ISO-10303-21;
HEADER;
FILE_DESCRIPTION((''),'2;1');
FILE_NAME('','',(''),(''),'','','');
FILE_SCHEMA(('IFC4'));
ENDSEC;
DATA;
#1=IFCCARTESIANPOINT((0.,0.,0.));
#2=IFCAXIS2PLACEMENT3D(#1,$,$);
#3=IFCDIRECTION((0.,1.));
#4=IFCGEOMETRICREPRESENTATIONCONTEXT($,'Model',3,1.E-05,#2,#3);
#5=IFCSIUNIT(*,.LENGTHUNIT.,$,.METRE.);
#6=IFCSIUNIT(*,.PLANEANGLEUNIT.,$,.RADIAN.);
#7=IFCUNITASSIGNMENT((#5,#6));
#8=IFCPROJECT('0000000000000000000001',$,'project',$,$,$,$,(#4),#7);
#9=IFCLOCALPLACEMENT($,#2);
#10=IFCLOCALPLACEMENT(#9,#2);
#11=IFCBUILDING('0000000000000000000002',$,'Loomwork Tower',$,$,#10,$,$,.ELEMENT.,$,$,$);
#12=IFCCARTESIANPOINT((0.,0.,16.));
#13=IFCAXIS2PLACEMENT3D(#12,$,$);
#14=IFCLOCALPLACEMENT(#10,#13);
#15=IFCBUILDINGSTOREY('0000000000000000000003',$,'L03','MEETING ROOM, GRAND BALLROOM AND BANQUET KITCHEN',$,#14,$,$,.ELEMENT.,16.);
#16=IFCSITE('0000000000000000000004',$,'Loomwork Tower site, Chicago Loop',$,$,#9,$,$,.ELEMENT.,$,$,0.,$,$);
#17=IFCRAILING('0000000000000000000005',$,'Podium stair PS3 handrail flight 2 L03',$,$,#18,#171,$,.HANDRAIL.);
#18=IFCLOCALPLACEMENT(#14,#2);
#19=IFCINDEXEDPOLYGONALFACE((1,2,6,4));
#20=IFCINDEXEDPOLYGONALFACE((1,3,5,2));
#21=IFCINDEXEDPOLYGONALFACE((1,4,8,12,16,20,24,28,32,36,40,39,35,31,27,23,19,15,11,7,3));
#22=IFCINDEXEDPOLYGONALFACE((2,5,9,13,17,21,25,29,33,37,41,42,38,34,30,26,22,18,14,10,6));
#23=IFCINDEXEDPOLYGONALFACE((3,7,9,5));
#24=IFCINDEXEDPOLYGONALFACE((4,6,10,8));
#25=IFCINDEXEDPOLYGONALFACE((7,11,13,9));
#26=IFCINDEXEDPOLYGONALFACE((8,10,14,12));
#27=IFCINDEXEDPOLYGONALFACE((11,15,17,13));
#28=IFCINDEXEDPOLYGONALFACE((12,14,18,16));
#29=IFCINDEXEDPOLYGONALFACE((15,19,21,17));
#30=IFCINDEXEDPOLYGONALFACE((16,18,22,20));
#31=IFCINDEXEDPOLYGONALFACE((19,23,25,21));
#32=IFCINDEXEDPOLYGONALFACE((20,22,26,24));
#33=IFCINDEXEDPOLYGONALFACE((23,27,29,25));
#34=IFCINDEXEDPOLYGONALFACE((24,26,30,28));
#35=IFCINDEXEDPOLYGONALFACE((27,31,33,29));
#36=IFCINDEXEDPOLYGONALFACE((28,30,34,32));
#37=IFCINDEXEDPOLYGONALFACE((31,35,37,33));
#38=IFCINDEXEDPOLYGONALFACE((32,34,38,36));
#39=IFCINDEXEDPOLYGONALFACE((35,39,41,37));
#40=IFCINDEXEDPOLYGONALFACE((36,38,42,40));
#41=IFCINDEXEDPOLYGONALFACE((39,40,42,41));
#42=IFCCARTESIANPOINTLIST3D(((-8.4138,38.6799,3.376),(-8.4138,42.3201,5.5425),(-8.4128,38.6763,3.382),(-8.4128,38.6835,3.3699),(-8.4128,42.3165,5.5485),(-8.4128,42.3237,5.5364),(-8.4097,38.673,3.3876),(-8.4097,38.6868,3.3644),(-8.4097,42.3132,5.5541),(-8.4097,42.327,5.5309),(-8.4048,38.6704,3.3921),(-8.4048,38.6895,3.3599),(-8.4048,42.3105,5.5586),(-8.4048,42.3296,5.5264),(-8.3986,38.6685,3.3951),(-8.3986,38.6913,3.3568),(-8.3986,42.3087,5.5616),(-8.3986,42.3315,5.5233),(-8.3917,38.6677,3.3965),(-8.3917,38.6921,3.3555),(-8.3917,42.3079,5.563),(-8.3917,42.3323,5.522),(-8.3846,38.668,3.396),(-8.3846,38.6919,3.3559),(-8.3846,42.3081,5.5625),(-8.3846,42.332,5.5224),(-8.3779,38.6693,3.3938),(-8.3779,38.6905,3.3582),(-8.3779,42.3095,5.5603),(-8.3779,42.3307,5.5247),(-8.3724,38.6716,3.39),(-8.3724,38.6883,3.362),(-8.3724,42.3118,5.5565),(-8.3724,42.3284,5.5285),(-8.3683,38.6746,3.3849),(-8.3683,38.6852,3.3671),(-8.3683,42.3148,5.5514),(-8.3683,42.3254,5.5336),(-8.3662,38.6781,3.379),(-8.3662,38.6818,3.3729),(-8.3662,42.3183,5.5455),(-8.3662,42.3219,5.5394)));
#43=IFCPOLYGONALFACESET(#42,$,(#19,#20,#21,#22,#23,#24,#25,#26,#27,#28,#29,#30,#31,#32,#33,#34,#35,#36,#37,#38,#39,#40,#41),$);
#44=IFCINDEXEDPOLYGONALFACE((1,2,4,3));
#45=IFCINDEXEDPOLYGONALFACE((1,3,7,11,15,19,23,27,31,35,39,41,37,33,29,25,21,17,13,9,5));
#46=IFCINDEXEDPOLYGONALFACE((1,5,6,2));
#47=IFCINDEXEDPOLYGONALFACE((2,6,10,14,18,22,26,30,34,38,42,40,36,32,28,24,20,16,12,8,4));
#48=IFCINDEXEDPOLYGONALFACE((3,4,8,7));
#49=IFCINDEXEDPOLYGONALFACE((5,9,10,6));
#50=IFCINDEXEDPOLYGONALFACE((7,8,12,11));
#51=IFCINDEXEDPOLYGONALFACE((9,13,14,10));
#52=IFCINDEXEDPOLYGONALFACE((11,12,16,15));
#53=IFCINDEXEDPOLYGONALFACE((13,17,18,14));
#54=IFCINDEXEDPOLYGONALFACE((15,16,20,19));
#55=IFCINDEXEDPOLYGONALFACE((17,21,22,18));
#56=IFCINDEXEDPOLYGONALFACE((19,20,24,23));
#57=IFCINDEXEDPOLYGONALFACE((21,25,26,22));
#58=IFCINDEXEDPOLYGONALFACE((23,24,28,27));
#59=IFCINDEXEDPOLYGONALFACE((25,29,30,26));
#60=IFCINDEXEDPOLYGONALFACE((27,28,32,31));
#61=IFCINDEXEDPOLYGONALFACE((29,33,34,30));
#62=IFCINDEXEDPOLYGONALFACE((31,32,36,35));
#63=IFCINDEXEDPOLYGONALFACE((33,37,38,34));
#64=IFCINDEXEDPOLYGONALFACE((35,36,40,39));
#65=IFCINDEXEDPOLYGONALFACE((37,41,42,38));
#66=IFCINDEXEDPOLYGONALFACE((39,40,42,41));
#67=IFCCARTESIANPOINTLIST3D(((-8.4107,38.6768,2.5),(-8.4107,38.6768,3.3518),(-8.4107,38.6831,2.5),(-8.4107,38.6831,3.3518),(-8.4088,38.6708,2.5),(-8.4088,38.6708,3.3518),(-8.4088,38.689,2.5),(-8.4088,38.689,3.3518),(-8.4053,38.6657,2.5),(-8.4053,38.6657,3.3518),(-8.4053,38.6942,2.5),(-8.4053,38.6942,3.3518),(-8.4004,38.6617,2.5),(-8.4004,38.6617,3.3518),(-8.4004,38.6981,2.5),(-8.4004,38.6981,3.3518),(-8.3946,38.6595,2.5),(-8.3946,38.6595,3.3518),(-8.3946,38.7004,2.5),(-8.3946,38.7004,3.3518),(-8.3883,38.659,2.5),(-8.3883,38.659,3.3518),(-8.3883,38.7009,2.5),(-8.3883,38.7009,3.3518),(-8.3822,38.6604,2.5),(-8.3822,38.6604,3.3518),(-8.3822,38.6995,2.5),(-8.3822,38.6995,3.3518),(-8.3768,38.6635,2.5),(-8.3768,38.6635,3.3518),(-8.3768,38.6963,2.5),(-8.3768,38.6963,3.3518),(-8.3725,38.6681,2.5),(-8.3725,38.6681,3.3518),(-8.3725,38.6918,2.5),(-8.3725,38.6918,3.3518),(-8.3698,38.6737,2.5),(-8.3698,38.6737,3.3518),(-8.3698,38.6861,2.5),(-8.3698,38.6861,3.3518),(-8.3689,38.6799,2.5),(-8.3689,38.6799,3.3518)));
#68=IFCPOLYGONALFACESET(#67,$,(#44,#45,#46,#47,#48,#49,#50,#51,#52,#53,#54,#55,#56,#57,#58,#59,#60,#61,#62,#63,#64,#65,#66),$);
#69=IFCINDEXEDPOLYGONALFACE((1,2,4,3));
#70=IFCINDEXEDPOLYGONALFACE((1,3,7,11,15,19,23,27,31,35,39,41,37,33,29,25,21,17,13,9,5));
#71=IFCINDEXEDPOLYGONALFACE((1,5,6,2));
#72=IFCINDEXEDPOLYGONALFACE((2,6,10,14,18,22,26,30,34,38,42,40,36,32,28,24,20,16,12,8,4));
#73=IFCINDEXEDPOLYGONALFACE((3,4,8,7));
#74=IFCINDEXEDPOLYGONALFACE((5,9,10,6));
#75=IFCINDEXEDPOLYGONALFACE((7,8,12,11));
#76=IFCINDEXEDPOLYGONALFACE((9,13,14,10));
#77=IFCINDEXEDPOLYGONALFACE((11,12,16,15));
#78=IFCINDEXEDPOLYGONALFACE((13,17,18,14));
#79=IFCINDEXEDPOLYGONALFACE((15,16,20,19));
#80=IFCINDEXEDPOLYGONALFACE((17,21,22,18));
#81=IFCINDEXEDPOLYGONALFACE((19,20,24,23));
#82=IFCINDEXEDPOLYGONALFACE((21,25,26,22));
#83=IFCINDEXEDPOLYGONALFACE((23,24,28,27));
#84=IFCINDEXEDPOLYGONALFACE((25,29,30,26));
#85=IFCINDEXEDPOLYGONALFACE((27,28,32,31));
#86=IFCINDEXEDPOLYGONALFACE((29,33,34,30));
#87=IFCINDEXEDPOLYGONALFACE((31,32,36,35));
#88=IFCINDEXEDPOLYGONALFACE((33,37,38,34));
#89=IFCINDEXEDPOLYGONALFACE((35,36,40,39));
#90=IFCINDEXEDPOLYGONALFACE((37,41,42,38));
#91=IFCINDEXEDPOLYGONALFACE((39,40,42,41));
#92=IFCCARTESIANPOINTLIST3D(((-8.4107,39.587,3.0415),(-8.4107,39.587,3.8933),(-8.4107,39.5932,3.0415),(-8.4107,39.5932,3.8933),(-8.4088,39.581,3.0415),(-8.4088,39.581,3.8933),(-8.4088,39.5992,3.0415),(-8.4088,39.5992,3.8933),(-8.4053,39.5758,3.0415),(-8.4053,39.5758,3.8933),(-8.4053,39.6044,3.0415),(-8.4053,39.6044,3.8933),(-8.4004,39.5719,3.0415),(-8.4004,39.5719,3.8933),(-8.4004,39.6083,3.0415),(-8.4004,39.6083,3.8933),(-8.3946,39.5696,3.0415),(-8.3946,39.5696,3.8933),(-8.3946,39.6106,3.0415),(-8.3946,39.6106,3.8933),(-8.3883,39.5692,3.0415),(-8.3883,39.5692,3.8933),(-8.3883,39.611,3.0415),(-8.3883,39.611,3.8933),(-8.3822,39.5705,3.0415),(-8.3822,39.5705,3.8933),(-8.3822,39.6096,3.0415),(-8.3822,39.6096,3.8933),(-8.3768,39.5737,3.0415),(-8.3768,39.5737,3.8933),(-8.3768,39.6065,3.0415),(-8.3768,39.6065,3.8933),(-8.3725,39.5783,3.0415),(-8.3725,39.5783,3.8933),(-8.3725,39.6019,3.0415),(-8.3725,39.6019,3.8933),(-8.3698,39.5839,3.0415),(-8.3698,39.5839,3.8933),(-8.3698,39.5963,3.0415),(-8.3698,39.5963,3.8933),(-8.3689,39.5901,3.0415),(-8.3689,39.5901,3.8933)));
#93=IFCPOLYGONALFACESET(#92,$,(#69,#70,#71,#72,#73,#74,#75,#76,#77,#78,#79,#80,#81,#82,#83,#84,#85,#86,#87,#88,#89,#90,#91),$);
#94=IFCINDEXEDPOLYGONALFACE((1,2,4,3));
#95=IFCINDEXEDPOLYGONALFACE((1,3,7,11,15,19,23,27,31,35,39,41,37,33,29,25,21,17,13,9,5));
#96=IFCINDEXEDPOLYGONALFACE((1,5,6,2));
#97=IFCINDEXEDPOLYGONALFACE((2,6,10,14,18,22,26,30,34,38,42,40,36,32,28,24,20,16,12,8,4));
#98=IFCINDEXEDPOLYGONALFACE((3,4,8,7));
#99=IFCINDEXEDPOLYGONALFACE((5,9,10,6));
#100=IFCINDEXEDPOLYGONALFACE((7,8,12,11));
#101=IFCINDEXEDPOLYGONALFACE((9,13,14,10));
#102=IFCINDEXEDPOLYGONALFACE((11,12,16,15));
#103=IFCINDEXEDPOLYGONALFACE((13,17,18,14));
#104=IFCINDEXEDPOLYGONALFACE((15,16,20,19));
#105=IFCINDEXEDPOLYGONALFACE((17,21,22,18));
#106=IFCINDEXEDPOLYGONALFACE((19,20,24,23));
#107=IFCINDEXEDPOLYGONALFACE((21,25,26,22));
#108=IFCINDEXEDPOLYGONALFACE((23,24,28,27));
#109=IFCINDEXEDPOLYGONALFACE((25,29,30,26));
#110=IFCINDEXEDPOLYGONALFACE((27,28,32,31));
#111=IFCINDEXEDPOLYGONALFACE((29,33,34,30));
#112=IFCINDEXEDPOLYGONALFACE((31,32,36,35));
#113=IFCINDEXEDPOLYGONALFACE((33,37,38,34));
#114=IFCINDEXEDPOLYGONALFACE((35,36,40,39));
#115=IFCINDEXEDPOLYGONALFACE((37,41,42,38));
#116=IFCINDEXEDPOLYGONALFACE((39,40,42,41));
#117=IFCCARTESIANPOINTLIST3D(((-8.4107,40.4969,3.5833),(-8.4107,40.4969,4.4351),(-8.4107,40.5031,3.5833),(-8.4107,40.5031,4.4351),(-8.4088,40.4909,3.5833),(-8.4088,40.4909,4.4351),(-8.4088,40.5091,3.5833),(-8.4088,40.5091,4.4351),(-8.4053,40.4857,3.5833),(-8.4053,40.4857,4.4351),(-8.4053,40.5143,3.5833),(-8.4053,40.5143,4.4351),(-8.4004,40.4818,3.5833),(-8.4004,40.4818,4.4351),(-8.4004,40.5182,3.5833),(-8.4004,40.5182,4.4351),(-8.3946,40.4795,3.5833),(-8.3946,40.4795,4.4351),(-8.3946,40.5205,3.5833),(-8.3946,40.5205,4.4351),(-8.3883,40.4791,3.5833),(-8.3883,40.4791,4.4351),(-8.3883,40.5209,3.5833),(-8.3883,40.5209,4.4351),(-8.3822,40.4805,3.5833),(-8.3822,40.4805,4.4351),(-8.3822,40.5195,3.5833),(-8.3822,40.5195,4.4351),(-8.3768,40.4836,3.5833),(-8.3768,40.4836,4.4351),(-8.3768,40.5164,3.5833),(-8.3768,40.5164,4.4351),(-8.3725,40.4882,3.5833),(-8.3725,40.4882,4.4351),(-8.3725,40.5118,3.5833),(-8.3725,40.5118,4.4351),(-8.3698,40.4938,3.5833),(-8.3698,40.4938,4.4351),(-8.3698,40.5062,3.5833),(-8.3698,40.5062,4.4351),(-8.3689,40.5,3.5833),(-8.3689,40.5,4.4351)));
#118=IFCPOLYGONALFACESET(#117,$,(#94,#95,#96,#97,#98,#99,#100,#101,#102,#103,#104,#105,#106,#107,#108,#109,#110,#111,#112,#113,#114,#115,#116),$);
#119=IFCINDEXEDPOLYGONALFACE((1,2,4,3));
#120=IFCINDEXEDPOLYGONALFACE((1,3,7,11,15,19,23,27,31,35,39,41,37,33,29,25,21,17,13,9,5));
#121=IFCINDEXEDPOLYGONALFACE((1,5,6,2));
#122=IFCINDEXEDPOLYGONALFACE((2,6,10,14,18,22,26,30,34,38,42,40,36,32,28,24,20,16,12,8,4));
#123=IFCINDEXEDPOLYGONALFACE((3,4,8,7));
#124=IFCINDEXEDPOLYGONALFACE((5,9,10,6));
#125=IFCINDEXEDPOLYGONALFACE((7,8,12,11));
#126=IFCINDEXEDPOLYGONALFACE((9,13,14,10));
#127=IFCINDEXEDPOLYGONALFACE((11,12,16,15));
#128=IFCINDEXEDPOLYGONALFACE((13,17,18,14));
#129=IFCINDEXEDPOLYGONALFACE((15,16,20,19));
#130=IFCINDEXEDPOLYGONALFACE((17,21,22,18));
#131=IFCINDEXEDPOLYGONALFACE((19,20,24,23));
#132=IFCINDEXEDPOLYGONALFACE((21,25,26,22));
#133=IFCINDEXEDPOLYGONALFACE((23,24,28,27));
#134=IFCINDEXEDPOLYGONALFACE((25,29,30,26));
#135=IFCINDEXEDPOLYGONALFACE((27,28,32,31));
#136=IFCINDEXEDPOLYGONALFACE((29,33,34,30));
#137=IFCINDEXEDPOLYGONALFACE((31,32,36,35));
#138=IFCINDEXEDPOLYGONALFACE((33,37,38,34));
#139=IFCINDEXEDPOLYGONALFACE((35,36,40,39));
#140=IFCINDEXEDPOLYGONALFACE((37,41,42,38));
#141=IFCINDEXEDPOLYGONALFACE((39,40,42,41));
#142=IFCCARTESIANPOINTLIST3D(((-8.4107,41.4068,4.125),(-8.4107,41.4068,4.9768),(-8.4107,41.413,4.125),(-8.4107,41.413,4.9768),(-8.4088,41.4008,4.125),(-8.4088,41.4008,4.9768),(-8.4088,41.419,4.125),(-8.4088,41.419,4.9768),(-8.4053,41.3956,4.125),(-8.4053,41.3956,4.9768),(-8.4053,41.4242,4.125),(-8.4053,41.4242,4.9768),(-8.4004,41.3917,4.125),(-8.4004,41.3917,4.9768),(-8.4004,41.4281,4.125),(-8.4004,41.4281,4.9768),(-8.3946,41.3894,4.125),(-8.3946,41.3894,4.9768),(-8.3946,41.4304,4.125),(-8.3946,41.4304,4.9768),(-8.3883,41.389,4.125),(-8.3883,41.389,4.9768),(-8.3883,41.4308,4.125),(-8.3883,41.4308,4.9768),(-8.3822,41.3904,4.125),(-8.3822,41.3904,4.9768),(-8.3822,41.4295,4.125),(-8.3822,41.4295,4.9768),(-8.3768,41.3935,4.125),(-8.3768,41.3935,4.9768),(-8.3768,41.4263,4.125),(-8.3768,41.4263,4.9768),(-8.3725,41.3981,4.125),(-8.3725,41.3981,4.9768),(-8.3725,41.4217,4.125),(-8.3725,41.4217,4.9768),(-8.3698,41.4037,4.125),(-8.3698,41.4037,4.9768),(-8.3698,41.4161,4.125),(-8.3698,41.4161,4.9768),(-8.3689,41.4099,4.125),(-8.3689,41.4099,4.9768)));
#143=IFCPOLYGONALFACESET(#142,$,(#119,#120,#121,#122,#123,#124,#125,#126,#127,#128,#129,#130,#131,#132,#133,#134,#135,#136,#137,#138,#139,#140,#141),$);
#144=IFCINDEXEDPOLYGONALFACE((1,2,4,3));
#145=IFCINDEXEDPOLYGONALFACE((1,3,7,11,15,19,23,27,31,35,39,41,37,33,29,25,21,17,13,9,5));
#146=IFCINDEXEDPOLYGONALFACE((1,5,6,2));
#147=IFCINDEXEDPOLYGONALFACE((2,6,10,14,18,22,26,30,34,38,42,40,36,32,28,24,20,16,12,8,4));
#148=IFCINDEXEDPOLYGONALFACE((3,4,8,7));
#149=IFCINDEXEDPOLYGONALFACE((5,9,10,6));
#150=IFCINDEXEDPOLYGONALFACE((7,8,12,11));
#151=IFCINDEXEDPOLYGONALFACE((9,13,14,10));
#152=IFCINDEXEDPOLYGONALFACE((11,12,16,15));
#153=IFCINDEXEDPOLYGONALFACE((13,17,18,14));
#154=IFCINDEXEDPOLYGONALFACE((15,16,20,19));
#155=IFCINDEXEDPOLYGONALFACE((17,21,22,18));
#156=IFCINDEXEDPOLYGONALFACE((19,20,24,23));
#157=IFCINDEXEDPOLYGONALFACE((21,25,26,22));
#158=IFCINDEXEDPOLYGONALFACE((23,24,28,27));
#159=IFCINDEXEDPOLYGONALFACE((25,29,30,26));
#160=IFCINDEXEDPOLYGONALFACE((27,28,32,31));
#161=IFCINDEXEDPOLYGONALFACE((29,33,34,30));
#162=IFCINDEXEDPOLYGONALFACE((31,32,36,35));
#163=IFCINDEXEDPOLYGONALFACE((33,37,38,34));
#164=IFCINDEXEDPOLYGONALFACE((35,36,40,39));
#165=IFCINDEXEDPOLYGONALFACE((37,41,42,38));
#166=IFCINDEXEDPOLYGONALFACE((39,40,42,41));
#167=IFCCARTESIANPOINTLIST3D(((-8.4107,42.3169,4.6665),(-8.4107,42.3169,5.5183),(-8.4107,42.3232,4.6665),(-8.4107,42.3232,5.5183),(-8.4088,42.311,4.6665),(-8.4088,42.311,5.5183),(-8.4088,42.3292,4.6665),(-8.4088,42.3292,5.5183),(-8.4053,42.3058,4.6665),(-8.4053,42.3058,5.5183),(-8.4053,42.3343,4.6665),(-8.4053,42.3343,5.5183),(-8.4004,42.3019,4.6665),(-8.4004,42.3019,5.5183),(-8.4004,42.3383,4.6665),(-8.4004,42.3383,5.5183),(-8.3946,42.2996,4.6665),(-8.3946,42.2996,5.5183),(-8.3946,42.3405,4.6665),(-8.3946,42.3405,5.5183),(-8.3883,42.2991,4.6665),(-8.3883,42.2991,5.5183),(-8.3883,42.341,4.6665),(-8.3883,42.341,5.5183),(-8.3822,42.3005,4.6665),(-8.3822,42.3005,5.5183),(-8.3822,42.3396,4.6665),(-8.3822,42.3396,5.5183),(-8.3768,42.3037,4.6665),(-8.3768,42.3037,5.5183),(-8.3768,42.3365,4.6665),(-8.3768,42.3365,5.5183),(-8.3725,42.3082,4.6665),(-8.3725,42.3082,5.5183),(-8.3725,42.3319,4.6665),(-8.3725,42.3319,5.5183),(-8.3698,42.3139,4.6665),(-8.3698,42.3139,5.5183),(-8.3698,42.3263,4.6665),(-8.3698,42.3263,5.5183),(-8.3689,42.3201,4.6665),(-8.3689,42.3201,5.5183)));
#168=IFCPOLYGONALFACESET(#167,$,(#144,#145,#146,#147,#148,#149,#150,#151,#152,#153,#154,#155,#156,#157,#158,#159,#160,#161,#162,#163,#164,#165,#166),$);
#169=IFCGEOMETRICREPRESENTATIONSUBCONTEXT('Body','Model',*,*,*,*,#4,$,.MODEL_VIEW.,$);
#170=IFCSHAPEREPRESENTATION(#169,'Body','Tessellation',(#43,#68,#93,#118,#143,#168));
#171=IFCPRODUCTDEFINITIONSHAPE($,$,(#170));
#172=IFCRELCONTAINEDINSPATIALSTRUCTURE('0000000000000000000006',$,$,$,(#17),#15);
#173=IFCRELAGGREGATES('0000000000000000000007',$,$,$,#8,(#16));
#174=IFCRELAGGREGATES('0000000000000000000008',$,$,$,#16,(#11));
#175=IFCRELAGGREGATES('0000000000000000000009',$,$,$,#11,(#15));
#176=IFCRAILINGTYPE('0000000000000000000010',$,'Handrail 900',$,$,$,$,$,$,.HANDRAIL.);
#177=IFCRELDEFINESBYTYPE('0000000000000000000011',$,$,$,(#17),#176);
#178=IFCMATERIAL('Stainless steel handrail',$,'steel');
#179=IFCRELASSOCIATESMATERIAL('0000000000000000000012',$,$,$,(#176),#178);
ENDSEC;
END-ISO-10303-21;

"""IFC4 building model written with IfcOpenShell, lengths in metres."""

from ifc_helpers import new_model, si_unit, direction, frame, origin, origin_2d, place, context, subcontext, project, spatial, circle, extrude, material, type_object, element, save


model = new_model("IFC4")

# Units and contexts
model_context = context("Model", 3, precision=1e-05, world=origin(), true_north=direction((0.0, 1.0)))
body_context = subcontext(model_context, "Body", "Model", "MODEL_VIEW")
ifc_project = project(units=[si_unit("LENGTHUNIT", "METRE"), si_unit("PLANEANGLEUNIT", "RADIAN")], contexts=[model_context])

# Site, building, storey
site_placement = place(None, origin())
site = spatial("IfcSite", under=ifc_project, at=site_placement, Name="Loomwork Tower site, Chicago Loop", CompositionType="ELEMENT", RefElevation=0.0)
building_placement = place(site_placement, origin())
building = spatial("IfcBuilding", under=site, at=building_placement, Name="Loomwork Tower", CompositionType="ELEMENT")
storey_placement = place(building_placement, frame((0.0, 0.0, 16.0)))
storey = spatial("IfcBuildingStorey", under=building, at=storey_placement, Name="L03", Description="MEETING ROOM, GRAND BALLROOM AND BANQUET KITCHEN", CompositionType="ELEMENT", Elevation=16.0)

# Railing
ifc_material_1 = material(Name="Stainless steel handrail", Category="steel")
railing_type = type_object("IfcRailingType", Name="Handrail 900", PredefinedType="HANDRAIL", material=ifc_material_1)
railing_1_placement = place(storey_placement, frame((-8.3899, 38.6799, 2.5)))
element("IfcRailing", 1, at=railing_1_placement, inside=storey, type_object=railing_type, Name="Podium stair PS3 handrail flight 2 L03", PredefinedType="HANDRAIL", context=body_context, shape_type="SweptSolid", body=[
    extrude(circle(Radius=0.0239, at=origin_2d()), frame((0.0, 0.0, 0.876), z_axis=(0.0, 0.859318, 0.511441), x_axis=(-1.0, 0.0, 0.0)), (0.0, 0.0, 1.0), 4.2361),
    extrude(circle(Radius=0.021, at=origin_2d()), origin(), (0.0, 0.0, 1.0), 0.8518),
    extrude(circle(Radius=0.021, at=origin_2d()), frame((0.0, 0.9102, 0.5415)), (0.0, 0.0, 1.0), 0.8518),
    extrude(circle(Radius=0.021, at=origin_2d()), frame((0.0, 1.8201, 1.0833)), (0.0, 0.0, 1.0), 0.8518),
    extrude(circle(Radius=0.021, at=origin_2d()), frame((0.0, 2.73, 1.625)), (0.0, 0.0, 1.0), 0.8518),
    extrude(circle(Radius=0.021, at=origin_2d()), frame((0.0, 3.6401, 2.1665)), (0.0, 0.0, 1.0), 0.8518),
])

save(model, "model.ifc")
